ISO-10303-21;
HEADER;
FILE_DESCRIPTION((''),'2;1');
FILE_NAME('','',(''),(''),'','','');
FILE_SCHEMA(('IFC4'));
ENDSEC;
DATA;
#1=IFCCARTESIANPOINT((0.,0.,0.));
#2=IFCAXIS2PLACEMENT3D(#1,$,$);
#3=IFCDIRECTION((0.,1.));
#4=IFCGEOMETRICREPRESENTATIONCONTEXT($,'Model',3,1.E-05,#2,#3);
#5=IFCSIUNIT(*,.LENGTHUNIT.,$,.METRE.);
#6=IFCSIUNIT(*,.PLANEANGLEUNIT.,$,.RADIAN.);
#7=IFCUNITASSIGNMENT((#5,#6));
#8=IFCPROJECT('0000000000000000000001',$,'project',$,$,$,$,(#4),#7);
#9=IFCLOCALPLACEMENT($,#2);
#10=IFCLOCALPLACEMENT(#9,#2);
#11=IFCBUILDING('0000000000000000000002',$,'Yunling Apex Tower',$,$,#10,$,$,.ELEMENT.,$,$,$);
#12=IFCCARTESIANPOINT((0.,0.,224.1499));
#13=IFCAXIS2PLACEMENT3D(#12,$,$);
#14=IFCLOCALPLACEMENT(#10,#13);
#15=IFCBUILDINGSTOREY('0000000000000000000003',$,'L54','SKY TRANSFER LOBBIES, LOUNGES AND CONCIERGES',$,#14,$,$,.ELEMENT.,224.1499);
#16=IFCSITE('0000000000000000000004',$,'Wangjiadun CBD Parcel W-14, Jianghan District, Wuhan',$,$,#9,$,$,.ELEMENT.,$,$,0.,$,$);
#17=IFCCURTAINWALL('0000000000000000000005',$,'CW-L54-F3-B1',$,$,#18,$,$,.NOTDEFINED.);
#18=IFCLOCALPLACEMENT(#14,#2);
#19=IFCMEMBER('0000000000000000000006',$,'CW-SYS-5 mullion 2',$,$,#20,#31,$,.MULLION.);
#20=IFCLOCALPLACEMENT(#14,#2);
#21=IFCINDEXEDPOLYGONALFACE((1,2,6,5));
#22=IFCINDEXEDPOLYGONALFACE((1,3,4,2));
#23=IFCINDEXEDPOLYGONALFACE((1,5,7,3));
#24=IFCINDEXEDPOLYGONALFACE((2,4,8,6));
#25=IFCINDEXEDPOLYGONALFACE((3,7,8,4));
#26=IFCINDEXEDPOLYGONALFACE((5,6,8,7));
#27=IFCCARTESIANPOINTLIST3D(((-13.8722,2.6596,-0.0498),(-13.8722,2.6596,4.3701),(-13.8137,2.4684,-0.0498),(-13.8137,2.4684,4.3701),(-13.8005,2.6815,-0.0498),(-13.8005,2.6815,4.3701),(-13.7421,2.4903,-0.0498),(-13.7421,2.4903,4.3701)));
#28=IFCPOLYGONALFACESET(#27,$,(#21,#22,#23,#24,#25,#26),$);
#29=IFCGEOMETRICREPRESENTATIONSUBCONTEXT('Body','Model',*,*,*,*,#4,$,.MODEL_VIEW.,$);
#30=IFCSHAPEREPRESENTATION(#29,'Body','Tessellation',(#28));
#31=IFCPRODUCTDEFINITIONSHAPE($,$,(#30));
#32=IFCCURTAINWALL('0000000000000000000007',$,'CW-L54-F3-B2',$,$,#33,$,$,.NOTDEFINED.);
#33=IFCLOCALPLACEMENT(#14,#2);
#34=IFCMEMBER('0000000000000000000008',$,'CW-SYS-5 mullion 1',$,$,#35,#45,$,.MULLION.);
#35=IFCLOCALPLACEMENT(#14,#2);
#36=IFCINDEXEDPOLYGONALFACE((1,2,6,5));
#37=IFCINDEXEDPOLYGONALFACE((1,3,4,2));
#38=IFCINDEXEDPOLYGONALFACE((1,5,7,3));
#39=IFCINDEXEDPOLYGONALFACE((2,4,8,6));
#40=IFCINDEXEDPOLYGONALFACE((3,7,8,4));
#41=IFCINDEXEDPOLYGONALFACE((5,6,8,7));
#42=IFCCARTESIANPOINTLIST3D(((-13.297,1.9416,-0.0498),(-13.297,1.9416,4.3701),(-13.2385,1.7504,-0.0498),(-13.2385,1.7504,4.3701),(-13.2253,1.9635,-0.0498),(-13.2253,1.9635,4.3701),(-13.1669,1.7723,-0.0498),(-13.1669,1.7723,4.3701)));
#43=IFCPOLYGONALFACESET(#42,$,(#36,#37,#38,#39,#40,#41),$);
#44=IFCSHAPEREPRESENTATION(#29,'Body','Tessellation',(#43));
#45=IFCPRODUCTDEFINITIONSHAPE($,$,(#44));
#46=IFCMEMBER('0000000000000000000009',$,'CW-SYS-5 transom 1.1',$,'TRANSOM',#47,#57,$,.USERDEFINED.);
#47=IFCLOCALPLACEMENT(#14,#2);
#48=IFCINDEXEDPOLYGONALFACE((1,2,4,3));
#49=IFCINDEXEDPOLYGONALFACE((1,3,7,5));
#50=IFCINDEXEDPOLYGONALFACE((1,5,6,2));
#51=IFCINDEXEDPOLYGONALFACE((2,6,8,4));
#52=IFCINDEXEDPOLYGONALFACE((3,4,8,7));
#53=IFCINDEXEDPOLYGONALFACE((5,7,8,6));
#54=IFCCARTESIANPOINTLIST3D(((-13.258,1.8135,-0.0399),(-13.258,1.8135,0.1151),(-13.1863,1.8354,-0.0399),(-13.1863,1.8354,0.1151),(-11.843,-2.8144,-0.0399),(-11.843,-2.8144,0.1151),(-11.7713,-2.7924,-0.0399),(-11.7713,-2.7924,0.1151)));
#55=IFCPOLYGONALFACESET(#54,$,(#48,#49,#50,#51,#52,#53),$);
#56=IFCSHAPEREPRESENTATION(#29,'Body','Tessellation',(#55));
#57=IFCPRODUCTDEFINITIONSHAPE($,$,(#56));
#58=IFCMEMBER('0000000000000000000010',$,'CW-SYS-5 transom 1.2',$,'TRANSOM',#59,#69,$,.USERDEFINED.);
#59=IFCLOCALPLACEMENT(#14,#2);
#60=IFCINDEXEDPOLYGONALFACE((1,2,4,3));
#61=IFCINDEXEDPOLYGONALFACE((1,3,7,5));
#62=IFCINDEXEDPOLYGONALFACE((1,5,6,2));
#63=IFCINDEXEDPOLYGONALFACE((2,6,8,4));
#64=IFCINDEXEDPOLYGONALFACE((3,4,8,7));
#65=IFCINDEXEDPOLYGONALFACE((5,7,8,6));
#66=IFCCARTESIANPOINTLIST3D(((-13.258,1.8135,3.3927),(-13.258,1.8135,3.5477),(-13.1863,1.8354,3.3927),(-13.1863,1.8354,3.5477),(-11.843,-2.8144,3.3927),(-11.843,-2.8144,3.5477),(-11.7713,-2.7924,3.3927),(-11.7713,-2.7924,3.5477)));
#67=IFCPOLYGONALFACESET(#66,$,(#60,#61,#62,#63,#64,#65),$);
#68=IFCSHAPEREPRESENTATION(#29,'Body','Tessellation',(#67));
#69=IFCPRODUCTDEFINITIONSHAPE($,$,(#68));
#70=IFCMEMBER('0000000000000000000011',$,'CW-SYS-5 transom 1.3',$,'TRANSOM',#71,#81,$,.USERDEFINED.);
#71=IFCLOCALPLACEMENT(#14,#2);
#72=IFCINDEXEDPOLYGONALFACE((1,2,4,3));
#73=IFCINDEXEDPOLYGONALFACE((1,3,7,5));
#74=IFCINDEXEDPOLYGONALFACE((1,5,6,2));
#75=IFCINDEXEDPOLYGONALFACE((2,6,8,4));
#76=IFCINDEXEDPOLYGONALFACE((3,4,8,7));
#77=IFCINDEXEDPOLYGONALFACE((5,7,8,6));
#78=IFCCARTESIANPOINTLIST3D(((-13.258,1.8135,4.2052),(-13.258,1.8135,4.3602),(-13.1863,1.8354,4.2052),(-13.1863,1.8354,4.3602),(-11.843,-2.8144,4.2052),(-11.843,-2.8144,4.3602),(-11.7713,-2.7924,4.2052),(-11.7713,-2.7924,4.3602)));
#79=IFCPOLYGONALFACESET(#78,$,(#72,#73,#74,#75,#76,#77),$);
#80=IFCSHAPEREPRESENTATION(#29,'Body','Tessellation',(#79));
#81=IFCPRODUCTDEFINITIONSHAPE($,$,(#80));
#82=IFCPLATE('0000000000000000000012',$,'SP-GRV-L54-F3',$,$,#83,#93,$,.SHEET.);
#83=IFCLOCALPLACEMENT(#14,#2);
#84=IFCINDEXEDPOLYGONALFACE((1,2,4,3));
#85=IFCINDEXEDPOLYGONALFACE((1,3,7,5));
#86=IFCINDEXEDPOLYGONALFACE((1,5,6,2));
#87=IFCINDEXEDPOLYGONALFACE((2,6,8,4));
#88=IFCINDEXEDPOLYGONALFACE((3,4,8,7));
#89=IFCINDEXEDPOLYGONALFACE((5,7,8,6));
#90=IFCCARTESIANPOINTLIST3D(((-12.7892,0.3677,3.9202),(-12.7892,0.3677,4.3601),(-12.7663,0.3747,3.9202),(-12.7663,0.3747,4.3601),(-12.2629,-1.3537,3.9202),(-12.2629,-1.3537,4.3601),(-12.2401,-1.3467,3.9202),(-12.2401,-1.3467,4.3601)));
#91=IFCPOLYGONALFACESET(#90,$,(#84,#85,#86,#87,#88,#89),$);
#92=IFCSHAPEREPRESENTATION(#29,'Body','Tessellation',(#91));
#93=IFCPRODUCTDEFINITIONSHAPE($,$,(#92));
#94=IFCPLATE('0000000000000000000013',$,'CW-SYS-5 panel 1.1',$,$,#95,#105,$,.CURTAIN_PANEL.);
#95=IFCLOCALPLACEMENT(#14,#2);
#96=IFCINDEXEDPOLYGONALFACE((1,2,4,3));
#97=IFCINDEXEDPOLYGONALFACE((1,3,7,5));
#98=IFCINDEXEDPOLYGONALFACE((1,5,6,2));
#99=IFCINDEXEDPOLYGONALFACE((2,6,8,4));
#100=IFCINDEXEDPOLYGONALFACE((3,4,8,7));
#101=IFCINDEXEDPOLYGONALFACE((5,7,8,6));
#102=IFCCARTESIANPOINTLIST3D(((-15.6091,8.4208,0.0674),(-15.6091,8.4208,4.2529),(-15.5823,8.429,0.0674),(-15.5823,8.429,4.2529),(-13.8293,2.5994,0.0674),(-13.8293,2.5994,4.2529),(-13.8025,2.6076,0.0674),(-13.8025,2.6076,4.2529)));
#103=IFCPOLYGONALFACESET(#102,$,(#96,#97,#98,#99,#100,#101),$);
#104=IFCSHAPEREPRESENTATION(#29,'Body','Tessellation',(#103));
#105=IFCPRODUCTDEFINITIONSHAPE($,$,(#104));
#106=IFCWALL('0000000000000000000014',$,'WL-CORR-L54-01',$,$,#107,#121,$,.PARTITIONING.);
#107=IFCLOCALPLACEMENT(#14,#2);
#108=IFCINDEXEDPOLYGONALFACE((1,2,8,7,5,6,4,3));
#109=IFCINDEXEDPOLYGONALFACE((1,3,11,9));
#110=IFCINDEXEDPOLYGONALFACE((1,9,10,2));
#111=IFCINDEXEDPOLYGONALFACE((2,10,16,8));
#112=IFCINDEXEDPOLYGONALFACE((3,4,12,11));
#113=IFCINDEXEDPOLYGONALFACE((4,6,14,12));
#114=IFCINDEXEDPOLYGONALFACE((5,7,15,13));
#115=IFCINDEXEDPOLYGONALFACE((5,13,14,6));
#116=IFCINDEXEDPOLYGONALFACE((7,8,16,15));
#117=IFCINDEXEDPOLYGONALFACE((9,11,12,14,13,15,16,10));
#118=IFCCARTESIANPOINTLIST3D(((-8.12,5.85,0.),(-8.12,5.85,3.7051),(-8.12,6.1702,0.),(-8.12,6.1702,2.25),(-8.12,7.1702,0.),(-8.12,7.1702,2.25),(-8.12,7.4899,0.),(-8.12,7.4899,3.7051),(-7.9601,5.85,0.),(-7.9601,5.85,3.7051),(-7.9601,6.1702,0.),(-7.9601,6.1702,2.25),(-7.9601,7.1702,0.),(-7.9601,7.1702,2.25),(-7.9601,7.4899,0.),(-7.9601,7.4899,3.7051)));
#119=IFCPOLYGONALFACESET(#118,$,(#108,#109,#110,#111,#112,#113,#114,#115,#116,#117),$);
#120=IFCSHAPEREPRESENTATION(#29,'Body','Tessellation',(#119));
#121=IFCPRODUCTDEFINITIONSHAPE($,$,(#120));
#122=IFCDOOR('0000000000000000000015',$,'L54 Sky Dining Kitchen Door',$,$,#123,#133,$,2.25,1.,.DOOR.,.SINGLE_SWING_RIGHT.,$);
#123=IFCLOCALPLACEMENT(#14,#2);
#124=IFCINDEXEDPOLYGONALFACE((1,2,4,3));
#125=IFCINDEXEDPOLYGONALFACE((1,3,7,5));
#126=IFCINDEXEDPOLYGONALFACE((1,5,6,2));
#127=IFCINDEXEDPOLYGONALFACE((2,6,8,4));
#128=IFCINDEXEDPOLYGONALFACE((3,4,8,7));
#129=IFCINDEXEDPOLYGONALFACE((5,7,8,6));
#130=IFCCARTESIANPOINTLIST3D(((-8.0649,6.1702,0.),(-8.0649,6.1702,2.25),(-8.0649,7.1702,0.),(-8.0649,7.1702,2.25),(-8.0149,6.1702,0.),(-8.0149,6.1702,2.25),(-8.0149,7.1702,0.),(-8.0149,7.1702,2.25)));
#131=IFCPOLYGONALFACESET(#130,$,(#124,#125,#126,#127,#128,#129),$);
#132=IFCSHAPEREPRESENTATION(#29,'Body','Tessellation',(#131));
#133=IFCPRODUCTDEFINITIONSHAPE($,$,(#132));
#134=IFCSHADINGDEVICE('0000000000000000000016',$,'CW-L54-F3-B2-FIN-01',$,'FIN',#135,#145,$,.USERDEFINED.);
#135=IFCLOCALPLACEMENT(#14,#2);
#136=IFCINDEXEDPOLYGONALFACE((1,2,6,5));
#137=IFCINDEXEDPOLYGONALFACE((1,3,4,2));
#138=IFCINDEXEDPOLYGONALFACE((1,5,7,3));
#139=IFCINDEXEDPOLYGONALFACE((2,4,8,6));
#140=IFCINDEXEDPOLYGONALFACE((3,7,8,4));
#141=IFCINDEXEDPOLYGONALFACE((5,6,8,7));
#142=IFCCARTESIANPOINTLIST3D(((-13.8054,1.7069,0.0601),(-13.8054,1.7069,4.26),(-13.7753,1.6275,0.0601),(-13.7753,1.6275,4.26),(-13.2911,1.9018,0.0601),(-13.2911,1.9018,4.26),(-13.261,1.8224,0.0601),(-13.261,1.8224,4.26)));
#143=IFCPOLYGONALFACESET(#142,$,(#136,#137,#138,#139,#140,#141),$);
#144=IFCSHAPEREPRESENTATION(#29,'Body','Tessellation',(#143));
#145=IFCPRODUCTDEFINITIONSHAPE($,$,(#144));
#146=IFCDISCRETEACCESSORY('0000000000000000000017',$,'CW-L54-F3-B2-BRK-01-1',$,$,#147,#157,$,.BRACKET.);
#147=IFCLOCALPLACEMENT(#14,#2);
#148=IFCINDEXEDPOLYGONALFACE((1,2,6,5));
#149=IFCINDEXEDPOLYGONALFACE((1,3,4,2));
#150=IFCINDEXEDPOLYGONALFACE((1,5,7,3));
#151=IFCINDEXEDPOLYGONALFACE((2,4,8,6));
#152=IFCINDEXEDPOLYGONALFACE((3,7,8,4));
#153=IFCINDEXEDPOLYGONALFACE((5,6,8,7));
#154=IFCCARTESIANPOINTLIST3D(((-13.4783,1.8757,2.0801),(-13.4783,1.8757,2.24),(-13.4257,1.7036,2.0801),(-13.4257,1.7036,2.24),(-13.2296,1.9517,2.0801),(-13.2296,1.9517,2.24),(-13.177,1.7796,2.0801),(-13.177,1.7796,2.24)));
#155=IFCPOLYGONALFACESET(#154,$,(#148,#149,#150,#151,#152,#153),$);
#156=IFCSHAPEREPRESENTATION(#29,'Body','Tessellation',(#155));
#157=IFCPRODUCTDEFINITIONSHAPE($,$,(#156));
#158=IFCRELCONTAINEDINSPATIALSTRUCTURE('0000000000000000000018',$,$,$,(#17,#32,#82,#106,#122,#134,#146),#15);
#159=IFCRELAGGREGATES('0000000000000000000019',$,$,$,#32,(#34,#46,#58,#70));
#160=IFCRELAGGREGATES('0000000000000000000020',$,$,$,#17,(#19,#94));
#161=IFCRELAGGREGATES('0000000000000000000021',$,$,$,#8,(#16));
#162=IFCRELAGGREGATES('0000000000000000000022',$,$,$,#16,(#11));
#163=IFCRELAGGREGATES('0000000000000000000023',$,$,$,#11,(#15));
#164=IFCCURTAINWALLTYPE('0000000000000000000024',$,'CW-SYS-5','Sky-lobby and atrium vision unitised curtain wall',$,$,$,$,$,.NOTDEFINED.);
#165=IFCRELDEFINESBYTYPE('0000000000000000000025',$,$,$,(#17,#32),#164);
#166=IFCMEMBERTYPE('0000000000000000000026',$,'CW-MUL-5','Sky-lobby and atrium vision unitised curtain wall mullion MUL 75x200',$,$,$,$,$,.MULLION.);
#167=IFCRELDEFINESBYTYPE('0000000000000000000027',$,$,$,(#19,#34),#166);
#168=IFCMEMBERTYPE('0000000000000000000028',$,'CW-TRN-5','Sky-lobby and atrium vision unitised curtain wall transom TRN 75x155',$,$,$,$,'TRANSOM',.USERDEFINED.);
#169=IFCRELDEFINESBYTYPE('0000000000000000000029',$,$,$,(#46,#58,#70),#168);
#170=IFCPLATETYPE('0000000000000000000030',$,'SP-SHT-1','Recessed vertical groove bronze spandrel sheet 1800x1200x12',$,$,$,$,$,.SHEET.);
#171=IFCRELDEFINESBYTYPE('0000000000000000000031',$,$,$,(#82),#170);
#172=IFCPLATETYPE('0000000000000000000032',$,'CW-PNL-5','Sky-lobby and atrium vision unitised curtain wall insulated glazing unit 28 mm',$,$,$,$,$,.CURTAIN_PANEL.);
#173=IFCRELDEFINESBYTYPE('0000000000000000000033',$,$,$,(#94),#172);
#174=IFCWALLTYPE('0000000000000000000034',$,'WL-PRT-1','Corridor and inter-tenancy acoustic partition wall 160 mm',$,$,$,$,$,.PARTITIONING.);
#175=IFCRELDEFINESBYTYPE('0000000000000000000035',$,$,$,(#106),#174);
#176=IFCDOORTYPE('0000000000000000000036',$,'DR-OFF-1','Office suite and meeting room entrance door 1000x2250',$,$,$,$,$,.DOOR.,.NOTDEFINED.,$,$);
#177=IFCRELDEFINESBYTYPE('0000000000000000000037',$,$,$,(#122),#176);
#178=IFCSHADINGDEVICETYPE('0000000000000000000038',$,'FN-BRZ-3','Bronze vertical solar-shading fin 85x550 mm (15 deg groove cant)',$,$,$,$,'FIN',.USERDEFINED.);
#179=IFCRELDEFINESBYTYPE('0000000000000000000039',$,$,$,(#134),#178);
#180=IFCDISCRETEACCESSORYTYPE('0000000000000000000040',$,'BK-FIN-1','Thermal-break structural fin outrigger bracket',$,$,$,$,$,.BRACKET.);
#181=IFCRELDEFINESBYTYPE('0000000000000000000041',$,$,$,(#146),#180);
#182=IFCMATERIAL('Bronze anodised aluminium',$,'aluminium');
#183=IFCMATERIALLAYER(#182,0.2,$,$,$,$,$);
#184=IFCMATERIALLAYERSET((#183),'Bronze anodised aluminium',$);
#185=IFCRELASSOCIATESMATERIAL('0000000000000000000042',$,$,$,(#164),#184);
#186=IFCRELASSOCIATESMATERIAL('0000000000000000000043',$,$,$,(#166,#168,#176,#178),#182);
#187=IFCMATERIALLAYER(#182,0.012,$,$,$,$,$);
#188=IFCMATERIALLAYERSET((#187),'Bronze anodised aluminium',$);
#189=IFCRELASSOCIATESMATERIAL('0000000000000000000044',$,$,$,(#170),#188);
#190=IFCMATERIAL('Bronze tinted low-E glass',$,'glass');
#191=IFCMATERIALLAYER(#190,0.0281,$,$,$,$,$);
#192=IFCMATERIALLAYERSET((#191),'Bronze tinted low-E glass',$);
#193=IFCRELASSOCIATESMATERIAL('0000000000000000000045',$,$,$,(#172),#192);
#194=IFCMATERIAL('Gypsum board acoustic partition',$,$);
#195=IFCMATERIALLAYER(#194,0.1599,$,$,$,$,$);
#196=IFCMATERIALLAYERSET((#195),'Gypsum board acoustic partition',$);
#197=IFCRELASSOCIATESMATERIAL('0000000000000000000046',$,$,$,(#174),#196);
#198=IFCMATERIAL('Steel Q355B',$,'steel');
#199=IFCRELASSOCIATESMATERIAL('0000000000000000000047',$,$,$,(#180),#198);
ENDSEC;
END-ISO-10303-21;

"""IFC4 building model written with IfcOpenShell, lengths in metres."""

from ifc_helpers import new_model, si_unit, direction, frame, frame_2d, origin, origin_2d, place, context, subcontext, project, spatial, rectangle, extrude, source, transform, mapped, material, layer, layer_set, material_profile, profile_set, type_object, element, fill, aggregate, save


model = new_model("IFC4")

# Units and contexts
model_context = context("Model", 3, precision=1e-05, world=origin(), true_north=direction((0.0, 1.0)))
body_context = subcontext(model_context, "Body", "Model", "MODEL_VIEW")
ifc_project = project(units=[si_unit("LENGTHUNIT", "METRE"), si_unit("PLANEANGLEUNIT", "RADIAN")], contexts=[model_context])

# Site, building, storey
site_placement = place(None, origin())
site = spatial("IfcSite", under=ifc_project, at=site_placement, Name="Wangjiadun CBD Parcel W-14, Jianghan District, Wuhan", CompositionType="ELEMENT", RefElevation=0.0)
building_placement = place(site_placement, origin())
building = spatial("IfcBuilding", under=site, at=building_placement, Name="Yunling Apex Tower", CompositionType="ELEMENT")
storey_placement = place(building_placement, frame((0.0, 0.0, 224.1499)))
storey = spatial("IfcBuildingStorey", under=building, at=storey_placement, Name="L54", Description="SKY TRANSFER LOBBIES, LOUNGES AND CONCIERGES", CompositionType="ELEMENT", Elevation=224.1499)

# Shared definitions
ifc_material_1 = material(Name="Steel Q355B", Category="steel")

# Curtain wall, member
ifc_material_2 = material(Name="Bronze anodised aluminium", Category="aluminium")
ifc_layer_1 = layer(ifc_material_2, 0.2)
ifc_layer_set_1 = layer_set([ifc_layer_1], Name="Bronze anodised aluminium")
curtain_wall_type = type_object("IfcCurtainWallType", Name="CW-SYS-5", Description="Sky-lobby and atrium vision unitised curtain wall", PredefinedType="NOTDEFINED", material=ifc_layer_set_1)
curtain_wall_1_placement = place(storey_placement, origin())
curtain_wall_1 = element("IfcCurtainWall", 1, at=curtain_wall_1_placement, inside=storey, type_object=curtain_wall_type, Name="CW-L54-F3-B1", PredefinedType="NOTDEFINED")
ifc_material_profile_1 = material_profile(ifc_material_2, rectangle(XDim=0.075, YDim=0.2, at=origin_2d()))
ifc_profile_set_1 = profile_set([ifc_material_profile_1], Name="Bronze anodised aluminium")
member_type_1 = type_object("IfcMemberType", Name="CW-MUL-5", Description="Sky-lobby and atrium vision unitised curtain wall mullion MUL 75x200", PredefinedType="MULLION", material=ifc_profile_set_1)
shared_shape_1 = source(origin(), body_context, "Body", "SweptSolid", [
    extrude(rectangle(XDim=0.075, YDim=0.2, at=origin_2d()), origin(), (0.0, 0.0, 1.0), 4.4199),
])
member_1_placement = place(storey_placement, frame((-13.8071, 2.575, -0.0498), z_axis=(0.0, 0.0, 1.0), x_axis=(0.956305, 0.292372, 0.0)))
member_1 = element("IfcMember", 2, at=member_1_placement, type_object=member_type_1, Name="CW-SYS-5 mullion 2", PredefinedType="MULLION", context=body_context, shape_type="MappedRepresentation", body=[
    mapped(shared_shape_1, transform((0.0, 0.0, 0.0), scale=1.0)),
])

# Curtain wall, members
curtain_wall_2_placement = place(storey_placement, origin())
curtain_wall_2 = element("IfcCurtainWall", 3, at=curtain_wall_2_placement, inside=storey, type_object=curtain_wall_type, Name="CW-L54-F3-B2", PredefinedType="NOTDEFINED")
member_2_placement = place(storey_placement, frame((-13.2319, 1.8569, -0.0498), z_axis=(0.0, 0.0, 1.0), x_axis=(0.956304, 0.292373, 0.0)))
member_2 = element("IfcMember", 4, at=member_2_placement, type_object=member_type_1, Name="CW-SYS-5 mullion 1", PredefinedType="MULLION", context=body_context, shape_type="MappedRepresentation", body=[
    mapped(shared_shape_1, transform((0.0, 0.0, 0.0), scale=1.0)),
])
ifc_material_profile_2 = material_profile(ifc_material_2, rectangle(XDim=0.075, YDim=0.155, at=origin_2d()))
ifc_profile_set_2 = profile_set([ifc_material_profile_2], Name="Bronze anodised aluminium")
member_type_2 = type_object("IfcMemberType", Name="CW-TRN-5", Description="Sky-lobby and atrium vision unitised curtain wall transom TRN 75x155", ElementType="TRANSOM", PredefinedType="USERDEFINED", material=ifc_profile_set_2)
shared_shape_2 = source(origin(), body_context, "Body", "SweptSolid", [
    extrude(rectangle(XDim=0.075, YDim=0.155, at=origin_2d()), origin(), (0.0, 0.0, 1.0), 4.8394),
])
member_3_placement = place(storey_placement, frame((-13.2222, 1.8245, 0.0376), z_axis=(0.292398, -0.956297, 0.0), x_axis=(0.956297, 0.292398, 0.0)))
member_3 = element("IfcMember", 5, at=member_3_placement, type_object=member_type_2, Name="CW-SYS-5 transom 1.1", ObjectType="TRANSOM", PredefinedType="USERDEFINED", context=body_context, shape_type="MappedRepresentation", body=[
    mapped(shared_shape_2, transform((0.0, 0.0, 0.0), scale=1.0)),
])
member_4_placement = place(storey_placement, frame((-13.2222, 1.8245, 3.4702), z_axis=(0.292398, -0.956297, 0.0), x_axis=(0.956297, 0.292398, 0.0)))
member_4 = element("IfcMember", 6, at=member_4_placement, type_object=member_type_2, Name="CW-SYS-5 transom 1.2", ObjectType="TRANSOM", PredefinedType="USERDEFINED", context=body_context, shape_type="MappedRepresentation", body=[
    mapped(shared_shape_2, transform((0.0, 0.0, 0.0), scale=1.0)),
])
member_5_placement = place(storey_placement, frame((-13.2222, 1.8245, 4.2827), z_axis=(0.292398, -0.956297, 0.0), x_axis=(0.956297, 0.292398, 0.0)))
member_5 = element("IfcMember", 7, at=member_5_placement, type_object=member_type_2, Name="CW-SYS-5 transom 1.3", ObjectType="TRANSOM", PredefinedType="USERDEFINED", context=body_context, shape_type="MappedRepresentation", body=[
    mapped(shared_shape_2, transform((0.0, 0.0, 0.0), scale=1.0)),
])
aggregate(curtain_wall_2, [member_2, member_3, member_4, member_5])

# Plates
ifc_layer_2 = layer(ifc_material_2, 0.012)
ifc_layer_set_2 = layer_set([ifc_layer_2], Name="Bronze anodised aluminium")
plate_type_1 = type_object("IfcPlateType", Name="SP-SHT-1", Description="Recessed vertical groove bronze spandrel sheet 1800x1200x12", PredefinedType="SHEET", material=ifc_layer_set_2)
shared_shape_3 = source(origin(), body_context, "Body", "SweptSolid", [
    extrude(rectangle(XDim=1.8, YDim=0.0239, at=origin_2d()), origin(), (0.0, 0.0, 1.0), 0.4399),
])
plate_1_placement = place(storey_placement, frame((-12.5146, -0.4895, 3.9202), z_axis=(0.0, 0.0, 1.0), x_axis=(0.292372, -0.956305, 0.0)))
element("IfcPlate", 8, at=plate_1_placement, inside=storey, type_object=plate_type_1, Name="SP-GRV-L54-F3", PredefinedType="SHEET", context=body_context, shape_type="MappedRepresentation", body=[
    mapped(shared_shape_3, transform((0.0, 0.0, 0.0), scale=1.0)),
])
ifc_material_3 = material(Name="Bronze tinted low-E glass", Category="glass")
ifc_layer_3 = layer(ifc_material_3, 0.0281)
ifc_layer_set_3 = layer_set([ifc_layer_3], Name="Bronze tinted low-E glass")
plate_type_2 = type_object("IfcPlateType", Name="CW-PNL-5", Description="Sky-lobby and atrium vision unitised curtain wall insulated glazing unit 28 mm", PredefinedType="CURTAIN_PANEL", material=ifc_layer_set_3)
shared_shape_4 = source(origin(), body_context, "Body", "SweptSolid", [
    extrude(rectangle(XDim=6.0874, YDim=0.0281, at=origin_2d()), origin(), (0.0, 0.0, 1.0), 4.1855),
])
plate_2_placement = place(storey_placement, frame((-14.7058, 5.5142, 0.0674), z_axis=(0.0, 0.0, 1.0), x_axis=(0.292372, -0.956305, 0.0)))
plate_2 = element("IfcPlate", 9, at=plate_2_placement, type_object=plate_type_2, Name="CW-SYS-5 panel 1.1", PredefinedType="CURTAIN_PANEL", context=body_context, shape_type="MappedRepresentation", body=[
    mapped(shared_shape_4, transform((0.0, 0.0, 0.0), scale=1.0)),
])
aggregate(curtain_wall_1, [member_1, plate_2])

# Wall, opening, door
ifc_material_4 = material(Name="Gypsum board acoustic partition")
ifc_layer_4 = layer(ifc_material_4, 0.1599)
ifc_layer_set_4 = layer_set([ifc_layer_4], Name="Gypsum board acoustic partition")
wall_type = type_object("IfcWallType", Name="WL-PRT-1", Description="Corridor and inter-tenancy acoustic partition wall 160 mm", PredefinedType="PARTITIONING", material=ifc_layer_set_4)
wall_placement = place(storey_placement, frame((-8.04, 5.8501, 0.0), z_axis=(0.0, 0.0, 1.0), x_axis=(0.0, 1.0, 0.0)))
wall = element("IfcWall", 10, at=wall_placement, inside=storey, type_object=wall_type, Name="WL-CORR-L54-01", PredefinedType="PARTITIONING", context=body_context, shape_type="SweptSolid", body=[
    extrude(rectangle(XDim=1.6399, YDim=0.1599, at=frame_2d((0.8198, 0.0))), origin(), (0.0, 0.0, 1.0), 3.7051),
])
opening_placement = place(wall_placement, frame((0.3201, 0.0, 0.0)))
opening = element("IfcOpeningElement", 11, at=opening_placement, cuts=wall, PredefinedType="OPENING", context=body_context, shape_type="SweptSolid", body=[
    extrude(rectangle(XDim=1.0, YDim=2.25, at=frame_2d((0.5, 1.125))), frame((0.0, 0.0898, 0.0), z_axis=(0.0, -1.0, 0.0), x_axis=(1.0, 0.0, 0.0)), (0.0, 0.0, 1.0), 0.1799),
])
door_type = type_object("IfcDoorType", Name="DR-OFF-1", Description="Office suite and meeting room entrance door 1000x2250", OperationType="NOTDEFINED", PredefinedType="DOOR", material=ifc_material_2)
door_placement = place(opening_placement, origin())
door = element("IfcDoor", 12, at=door_placement, inside=storey, type_object=door_type, Name="L54 Sky Dining Kitchen Door", OperationType="SINGLE_SWING_RIGHT", OverallHeight=2.25, OverallWidth=1.0, PredefinedType="DOOR", context=body_context, shape_type="SweptSolid", body=[
    extrude(rectangle(XDim=1.0, YDim=2.25, at=frame_2d((0.5, 1.125))), frame((0.0, 0.0249, 0.0), z_axis=(0.0, -1.0, 0.0), x_axis=(1.0, 0.0, 0.0)), (0.0, 0.0, 1.0), 0.05),
])
fill(opening, door)

# Shading device
ifc_material_profile_3 = material_profile(ifc_material_2, rectangle(XDim=0.085, YDim=0.55, at=origin_2d()))
ifc_profile_set_3 = profile_set([ifc_material_profile_3], Name="Bronze anodised aluminium")
shading_device_type = type_object("IfcShadingDeviceType", Name="FN-BRZ-3", Description="Bronze vertical solar-shading fin 85x550 mm (15 deg groove cant)", ElementType="FIN", PredefinedType="USERDEFINED", material=ifc_profile_set_3)
shared_shape_5 = source(origin(), body_context, "Body", "SweptSolid", [
    extrude(rectangle(XDim=0.085, YDim=0.55, at=origin_2d()), origin(), (0.0, 0.0, 1.0), 4.2),
])
shading_device_placement = place(storey_placement, frame((-13.5332, 1.7646, 0.0601), z_axis=(0.0, 0.0, 1.0), x_axis=(0.354291, -0.935135, 0.0)))
element("IfcShadingDevice", 13, at=shading_device_placement, inside=storey, type_object=shading_device_type, Name="CW-L54-F3-B2-FIN-01", ObjectType="FIN", PredefinedType="USERDEFINED", context=body_context, shape_type="MappedRepresentation", body=[
    mapped(shared_shape_5, transform((0.0, 0.0, 0.0), scale=1.0)),
])

# Discrete accessory
discrete_accessory_type = type_object("IfcDiscreteAccessoryType", Name="BK-FIN-1", Description="Thermal-break structural fin outrigger bracket", PredefinedType="BRACKET", material=ifc_material_1)
shared_shape_6 = source(origin(), body_context, "Body", "SweptSolid", [
    extrude(rectangle(XDim=0.1799, YDim=0.26, at=origin_2d()), origin(), (0.0, 0.0, 1.0), 0.1599),
])
discrete_accessory_placement = place(storey_placement, frame((-13.3276, 1.8276, 2.0801), z_axis=(0.0, 0.0, 1.0), x_axis=(0.292372, -0.956305, 0.0)))
element("IfcDiscreteAccessory", 14, at=discrete_accessory_placement, inside=storey, type_object=discrete_accessory_type, Name="CW-L54-F3-B2-BRK-01-1", PredefinedType="BRACKET", context=body_context, shape_type="MappedRepresentation", body=[
    mapped(shared_shape_6, transform((0.0, 0.0, 0.0), scale=1.0)),
])

save(model, "model.ifc")
